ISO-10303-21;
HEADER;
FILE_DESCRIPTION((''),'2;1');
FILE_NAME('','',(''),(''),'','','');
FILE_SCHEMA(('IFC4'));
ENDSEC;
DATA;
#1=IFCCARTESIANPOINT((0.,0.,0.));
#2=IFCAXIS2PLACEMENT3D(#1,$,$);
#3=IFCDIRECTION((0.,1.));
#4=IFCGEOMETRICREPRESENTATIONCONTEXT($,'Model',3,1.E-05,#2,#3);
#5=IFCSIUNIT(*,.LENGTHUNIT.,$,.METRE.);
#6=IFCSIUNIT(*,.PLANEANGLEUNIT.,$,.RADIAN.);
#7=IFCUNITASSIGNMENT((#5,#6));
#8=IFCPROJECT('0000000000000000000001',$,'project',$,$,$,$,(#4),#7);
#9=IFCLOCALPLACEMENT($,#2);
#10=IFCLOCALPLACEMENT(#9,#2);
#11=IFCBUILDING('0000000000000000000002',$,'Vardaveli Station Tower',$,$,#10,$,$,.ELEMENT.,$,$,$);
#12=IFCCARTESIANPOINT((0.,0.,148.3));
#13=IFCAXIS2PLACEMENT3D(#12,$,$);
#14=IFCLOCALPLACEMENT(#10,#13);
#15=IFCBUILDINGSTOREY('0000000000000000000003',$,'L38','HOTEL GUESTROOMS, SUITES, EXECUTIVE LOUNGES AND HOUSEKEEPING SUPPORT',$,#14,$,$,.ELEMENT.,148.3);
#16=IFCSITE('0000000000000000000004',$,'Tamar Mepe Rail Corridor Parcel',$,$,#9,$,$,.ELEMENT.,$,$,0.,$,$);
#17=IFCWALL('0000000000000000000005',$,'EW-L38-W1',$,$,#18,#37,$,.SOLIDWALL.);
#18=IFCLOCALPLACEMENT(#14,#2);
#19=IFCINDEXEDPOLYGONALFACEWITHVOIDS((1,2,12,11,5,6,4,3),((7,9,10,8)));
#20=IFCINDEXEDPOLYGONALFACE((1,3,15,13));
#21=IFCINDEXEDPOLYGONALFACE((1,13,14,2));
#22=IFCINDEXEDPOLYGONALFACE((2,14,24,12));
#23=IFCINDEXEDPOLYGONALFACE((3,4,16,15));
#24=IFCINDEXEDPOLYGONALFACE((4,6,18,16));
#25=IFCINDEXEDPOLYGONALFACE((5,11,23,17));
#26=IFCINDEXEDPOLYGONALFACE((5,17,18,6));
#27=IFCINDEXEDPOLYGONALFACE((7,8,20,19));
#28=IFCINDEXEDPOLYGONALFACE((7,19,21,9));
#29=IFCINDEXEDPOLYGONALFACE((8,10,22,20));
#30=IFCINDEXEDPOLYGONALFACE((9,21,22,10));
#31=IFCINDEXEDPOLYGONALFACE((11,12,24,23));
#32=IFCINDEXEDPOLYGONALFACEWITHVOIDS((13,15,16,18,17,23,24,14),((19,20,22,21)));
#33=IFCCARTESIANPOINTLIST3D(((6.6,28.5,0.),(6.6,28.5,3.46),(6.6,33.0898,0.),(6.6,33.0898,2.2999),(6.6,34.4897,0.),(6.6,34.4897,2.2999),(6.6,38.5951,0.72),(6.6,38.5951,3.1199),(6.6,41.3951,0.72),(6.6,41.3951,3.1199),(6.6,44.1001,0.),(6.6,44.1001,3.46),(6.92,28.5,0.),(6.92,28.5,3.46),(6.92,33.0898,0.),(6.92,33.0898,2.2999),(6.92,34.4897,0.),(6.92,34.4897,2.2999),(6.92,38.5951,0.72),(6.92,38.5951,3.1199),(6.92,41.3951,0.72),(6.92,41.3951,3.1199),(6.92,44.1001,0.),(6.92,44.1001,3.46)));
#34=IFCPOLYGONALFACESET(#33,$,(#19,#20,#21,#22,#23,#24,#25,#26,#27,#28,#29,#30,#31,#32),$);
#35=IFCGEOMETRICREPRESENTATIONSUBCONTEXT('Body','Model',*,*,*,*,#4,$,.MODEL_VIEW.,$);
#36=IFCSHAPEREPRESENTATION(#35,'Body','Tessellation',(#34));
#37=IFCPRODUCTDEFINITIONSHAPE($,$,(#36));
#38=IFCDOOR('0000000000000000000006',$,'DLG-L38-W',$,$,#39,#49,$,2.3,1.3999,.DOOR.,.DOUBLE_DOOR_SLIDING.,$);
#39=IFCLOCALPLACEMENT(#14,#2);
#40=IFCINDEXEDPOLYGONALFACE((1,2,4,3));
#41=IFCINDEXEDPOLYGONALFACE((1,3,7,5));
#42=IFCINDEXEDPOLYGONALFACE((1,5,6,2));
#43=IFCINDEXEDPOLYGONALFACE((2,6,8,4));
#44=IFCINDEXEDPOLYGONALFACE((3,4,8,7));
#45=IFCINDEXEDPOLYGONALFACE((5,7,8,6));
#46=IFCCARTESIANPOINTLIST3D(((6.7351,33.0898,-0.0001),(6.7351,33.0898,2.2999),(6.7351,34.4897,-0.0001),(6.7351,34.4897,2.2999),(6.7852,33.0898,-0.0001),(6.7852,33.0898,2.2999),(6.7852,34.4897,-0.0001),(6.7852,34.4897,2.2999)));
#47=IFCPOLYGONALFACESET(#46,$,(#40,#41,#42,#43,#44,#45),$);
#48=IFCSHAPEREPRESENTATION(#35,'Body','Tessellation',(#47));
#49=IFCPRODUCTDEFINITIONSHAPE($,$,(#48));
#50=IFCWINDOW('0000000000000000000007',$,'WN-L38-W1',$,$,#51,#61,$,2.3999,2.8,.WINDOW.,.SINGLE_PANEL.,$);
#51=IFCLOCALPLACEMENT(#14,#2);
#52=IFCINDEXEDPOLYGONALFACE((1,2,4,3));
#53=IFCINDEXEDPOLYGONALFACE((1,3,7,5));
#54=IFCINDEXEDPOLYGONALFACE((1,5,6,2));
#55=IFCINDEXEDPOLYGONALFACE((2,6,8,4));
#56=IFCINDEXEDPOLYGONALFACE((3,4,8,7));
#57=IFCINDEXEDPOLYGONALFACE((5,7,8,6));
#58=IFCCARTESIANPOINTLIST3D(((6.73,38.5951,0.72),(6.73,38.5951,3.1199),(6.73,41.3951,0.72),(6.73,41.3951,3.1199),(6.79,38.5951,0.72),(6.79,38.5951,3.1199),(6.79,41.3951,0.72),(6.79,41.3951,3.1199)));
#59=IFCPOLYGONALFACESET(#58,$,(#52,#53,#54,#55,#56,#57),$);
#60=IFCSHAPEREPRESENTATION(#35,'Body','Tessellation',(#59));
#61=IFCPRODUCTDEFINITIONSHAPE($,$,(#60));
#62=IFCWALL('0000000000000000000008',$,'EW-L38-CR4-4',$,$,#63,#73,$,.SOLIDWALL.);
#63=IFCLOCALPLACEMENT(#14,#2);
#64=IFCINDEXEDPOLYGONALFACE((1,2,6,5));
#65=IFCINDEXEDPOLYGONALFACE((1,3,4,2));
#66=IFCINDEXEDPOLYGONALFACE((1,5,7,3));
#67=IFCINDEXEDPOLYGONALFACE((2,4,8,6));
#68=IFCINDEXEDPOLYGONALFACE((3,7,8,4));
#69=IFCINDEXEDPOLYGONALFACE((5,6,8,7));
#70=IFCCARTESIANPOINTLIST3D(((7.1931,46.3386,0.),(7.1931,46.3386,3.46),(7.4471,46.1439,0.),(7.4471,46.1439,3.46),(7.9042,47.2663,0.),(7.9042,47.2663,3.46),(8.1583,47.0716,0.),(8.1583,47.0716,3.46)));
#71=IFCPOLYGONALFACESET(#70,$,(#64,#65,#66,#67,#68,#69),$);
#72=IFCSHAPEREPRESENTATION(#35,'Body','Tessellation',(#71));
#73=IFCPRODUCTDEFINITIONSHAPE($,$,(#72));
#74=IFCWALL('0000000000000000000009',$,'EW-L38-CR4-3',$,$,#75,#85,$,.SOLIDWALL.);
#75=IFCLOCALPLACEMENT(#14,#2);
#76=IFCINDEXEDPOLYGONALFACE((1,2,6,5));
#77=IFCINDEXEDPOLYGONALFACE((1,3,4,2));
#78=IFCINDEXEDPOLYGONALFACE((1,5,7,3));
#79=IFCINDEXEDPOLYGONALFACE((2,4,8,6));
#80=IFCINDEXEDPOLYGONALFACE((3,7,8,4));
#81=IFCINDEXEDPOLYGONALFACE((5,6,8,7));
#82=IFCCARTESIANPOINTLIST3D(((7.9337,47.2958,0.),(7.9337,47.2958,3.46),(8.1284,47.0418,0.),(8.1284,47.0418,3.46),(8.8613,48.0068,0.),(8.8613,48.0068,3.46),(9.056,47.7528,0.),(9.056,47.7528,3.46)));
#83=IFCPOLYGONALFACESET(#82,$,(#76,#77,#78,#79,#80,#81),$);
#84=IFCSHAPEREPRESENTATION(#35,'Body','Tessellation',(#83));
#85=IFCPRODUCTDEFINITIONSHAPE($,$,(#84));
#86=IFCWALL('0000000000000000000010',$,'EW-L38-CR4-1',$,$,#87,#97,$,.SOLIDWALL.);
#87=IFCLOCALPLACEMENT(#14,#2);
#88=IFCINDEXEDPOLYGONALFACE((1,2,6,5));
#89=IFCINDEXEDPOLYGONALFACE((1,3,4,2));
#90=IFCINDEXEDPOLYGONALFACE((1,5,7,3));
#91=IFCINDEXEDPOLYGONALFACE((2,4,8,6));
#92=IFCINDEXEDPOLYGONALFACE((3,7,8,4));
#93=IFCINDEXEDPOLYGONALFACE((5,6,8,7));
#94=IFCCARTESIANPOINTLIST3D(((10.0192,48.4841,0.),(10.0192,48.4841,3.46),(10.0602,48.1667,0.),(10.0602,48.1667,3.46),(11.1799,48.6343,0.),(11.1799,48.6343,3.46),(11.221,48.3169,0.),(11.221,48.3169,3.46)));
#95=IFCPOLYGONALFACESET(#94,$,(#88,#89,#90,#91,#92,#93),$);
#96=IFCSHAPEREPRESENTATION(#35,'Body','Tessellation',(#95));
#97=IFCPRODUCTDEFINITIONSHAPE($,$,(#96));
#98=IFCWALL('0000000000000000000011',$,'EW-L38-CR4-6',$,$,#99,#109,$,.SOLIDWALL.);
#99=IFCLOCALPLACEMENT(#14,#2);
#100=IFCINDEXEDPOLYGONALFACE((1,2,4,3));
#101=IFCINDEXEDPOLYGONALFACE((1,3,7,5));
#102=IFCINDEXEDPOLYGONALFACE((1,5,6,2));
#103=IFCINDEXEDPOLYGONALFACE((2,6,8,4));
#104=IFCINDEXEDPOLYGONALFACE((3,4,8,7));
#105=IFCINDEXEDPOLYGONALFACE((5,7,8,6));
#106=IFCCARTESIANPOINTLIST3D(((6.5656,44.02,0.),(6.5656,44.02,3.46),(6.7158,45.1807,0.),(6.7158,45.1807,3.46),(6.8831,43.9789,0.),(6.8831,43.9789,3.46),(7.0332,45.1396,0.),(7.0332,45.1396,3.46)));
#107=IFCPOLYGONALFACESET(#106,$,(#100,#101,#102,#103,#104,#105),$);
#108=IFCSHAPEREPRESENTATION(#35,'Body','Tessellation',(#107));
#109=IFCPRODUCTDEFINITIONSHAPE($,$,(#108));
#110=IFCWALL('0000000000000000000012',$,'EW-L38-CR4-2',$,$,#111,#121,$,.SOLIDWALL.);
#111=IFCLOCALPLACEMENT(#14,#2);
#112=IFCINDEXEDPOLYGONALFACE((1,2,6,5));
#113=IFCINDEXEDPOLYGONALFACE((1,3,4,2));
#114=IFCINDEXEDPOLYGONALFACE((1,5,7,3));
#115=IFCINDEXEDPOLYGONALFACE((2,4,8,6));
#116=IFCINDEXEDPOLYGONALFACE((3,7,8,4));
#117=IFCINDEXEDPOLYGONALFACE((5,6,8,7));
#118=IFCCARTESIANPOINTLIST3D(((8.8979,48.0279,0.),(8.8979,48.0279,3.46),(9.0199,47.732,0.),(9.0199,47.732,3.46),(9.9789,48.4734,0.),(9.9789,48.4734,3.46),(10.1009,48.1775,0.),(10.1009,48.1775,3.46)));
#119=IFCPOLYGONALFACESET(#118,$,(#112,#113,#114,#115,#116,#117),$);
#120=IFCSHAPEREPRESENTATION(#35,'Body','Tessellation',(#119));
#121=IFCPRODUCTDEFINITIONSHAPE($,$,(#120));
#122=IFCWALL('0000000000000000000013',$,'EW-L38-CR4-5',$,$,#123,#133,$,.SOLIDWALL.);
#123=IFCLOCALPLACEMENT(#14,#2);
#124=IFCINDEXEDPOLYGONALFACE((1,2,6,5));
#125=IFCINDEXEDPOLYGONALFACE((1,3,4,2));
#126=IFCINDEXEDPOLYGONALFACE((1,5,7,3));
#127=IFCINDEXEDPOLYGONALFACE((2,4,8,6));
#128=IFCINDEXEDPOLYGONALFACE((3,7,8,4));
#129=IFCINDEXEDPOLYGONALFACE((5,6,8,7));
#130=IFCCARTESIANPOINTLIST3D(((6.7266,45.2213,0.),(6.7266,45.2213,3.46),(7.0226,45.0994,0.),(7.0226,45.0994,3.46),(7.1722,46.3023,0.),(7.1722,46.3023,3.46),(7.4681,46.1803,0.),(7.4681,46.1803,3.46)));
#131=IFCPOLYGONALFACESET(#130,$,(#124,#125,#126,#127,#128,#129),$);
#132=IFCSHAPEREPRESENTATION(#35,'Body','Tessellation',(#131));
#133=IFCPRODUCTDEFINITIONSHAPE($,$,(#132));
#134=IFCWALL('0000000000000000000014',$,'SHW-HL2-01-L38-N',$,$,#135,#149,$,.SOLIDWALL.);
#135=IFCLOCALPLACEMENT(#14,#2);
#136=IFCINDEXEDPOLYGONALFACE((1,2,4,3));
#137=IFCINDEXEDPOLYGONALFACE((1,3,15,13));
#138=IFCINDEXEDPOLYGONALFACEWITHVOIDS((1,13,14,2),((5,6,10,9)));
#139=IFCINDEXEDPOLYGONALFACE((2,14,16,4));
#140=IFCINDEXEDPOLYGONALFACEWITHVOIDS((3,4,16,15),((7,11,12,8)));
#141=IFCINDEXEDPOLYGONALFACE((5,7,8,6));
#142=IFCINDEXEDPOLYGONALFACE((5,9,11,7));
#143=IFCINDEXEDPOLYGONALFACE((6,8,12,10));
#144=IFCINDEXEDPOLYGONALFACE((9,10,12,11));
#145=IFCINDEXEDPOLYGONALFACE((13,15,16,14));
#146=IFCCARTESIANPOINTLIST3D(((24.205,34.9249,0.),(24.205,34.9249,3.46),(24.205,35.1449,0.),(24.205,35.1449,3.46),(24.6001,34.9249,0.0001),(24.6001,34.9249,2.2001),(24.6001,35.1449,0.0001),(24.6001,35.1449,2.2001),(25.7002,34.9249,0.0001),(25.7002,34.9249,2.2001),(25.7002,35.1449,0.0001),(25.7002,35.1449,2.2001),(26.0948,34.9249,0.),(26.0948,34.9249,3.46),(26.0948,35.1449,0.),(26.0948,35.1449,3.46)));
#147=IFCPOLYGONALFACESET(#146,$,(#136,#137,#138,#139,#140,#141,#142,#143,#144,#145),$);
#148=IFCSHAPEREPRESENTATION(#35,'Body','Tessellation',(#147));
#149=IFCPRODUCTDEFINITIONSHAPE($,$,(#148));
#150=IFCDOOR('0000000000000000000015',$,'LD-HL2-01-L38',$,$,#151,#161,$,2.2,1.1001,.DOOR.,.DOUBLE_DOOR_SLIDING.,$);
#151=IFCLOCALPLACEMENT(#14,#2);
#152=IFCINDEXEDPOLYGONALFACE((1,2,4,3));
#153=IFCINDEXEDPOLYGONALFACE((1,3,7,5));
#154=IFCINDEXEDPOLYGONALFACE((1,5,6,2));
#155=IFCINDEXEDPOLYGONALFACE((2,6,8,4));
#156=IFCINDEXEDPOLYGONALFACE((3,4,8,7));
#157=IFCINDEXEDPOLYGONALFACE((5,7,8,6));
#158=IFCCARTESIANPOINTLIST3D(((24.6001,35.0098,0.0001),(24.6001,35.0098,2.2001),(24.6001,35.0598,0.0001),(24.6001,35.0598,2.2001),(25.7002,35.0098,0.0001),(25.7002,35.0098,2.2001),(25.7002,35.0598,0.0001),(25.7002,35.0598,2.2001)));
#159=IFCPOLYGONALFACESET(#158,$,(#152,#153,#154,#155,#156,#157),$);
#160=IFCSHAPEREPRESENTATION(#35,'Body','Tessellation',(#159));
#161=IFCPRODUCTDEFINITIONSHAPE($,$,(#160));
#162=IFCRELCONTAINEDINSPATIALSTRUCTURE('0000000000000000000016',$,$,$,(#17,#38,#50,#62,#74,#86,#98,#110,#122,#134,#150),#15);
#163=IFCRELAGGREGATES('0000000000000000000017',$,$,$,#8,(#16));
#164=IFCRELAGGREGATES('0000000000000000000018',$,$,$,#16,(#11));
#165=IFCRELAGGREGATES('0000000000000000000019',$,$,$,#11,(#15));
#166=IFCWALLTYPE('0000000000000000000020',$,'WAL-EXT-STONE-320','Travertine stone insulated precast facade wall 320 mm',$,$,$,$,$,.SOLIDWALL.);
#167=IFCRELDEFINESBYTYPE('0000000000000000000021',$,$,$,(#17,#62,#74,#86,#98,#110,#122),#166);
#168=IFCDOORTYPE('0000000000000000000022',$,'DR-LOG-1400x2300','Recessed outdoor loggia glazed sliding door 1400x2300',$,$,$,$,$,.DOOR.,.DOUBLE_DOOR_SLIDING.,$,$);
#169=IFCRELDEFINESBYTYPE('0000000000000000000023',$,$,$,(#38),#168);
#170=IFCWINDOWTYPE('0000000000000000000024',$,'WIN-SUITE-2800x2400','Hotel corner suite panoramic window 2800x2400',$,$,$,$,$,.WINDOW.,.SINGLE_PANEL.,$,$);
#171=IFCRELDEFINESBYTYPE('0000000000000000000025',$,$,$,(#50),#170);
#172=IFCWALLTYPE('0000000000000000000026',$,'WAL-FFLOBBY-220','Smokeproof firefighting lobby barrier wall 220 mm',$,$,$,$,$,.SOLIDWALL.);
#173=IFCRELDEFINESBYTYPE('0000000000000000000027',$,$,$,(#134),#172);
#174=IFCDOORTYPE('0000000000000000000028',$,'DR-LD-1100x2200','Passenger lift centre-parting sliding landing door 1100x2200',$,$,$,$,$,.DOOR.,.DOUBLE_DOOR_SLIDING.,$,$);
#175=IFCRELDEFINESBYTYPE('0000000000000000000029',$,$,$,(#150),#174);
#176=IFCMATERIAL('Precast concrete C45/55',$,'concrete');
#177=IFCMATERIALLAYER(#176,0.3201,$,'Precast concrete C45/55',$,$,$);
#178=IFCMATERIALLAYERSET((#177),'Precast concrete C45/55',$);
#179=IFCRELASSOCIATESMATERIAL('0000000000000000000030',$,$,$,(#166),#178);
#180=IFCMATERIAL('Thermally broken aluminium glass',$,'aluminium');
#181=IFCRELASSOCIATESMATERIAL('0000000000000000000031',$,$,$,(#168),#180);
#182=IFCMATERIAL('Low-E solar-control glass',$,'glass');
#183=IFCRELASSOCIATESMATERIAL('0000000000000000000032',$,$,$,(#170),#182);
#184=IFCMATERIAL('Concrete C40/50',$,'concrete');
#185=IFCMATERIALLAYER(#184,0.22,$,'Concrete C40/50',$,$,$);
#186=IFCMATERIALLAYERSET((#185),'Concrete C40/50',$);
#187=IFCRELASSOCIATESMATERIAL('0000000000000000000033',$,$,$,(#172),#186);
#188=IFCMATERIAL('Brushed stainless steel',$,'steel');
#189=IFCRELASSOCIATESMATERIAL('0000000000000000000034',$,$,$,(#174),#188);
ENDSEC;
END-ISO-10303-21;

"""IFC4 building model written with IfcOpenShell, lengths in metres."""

from ifc_helpers import new_model, si_unit, direction, frame, frame_2d, origin, place, context, subcontext, project, spatial, rectangle, extrude, source, transform, mapped, material, layer, layer_set, type_object, element, fill, save


model = new_model("IFC4")

# Units and contexts
model_context = context("Model", 3, precision=1e-05, world=origin(), true_north=direction((0.0, 1.0)))
body_context = subcontext(model_context, "Body", "Model", "MODEL_VIEW")
ifc_project = project(units=[si_unit("LENGTHUNIT", "METRE"), si_unit("PLANEANGLEUNIT", "RADIAN")], contexts=[model_context])

# Site, building, storey
site_placement = place(None, origin())
site = spatial("IfcSite", under=ifc_project, at=site_placement, Name="Tamar Mepe Rail Corridor Parcel", CompositionType="ELEMENT", RefElevation=0.0)
building_placement = place(site_placement, origin())
building = spatial("IfcBuilding", under=site, at=building_placement, Name="Vardaveli Station Tower", CompositionType="ELEMENT")
storey_placement = place(building_placement, frame((0.0, 0.0, 148.3)))
storey = spatial("IfcBuildingStorey", under=building, at=storey_placement, Name="L38", Description="HOTEL GUESTROOMS, SUITES, EXECUTIVE LOUNGES AND HOUSEKEEPING SUPPORT", CompositionType="ELEMENT", Elevation=148.3)

# Shared definitions
ifc_material_1 = material(Name="Precast concrete C45/55", Category="concrete")

# Wall, openings, door, window
ifc_layer_1 = layer(ifc_material_1, 0.3201, Name="Precast concrete C45/55")
ifc_layer_set_1 = layer_set([ifc_layer_1], Name="Precast concrete C45/55")
wall_type_1 = type_object("IfcWallType", Name="WAL-EXT-STONE-320", Description="Travertine stone insulated precast facade wall 320 mm", PredefinedType="SOLIDWALL", material=ifc_layer_set_1)
shared_shape_1 = source(origin(), body_context, "Body", "SweptSolid", [
    extrude(rectangle(XDim=15.6001, YDim=0.3201, at=frame_2d((7.8, 0.0))), origin(), (0.0, 0.0, 1.0), 3.46),
])
wall_1_placement = place(storey_placement, frame((6.76, 44.1001, 0.0), z_axis=(0.0, 0.0, 1.0), x_axis=(0.0, -1.0, 0.0)))
wall_1 = element("IfcWall", 1, at=wall_1_placement, inside=storey, type_object=wall_type_1, Name="EW-L38-W1", PredefinedType="SOLIDWALL", context=body_context, shape_type="MappedRepresentation", body=[
    mapped(shared_shape_1, transform((0.0, 0.0, 0.0), scale=1.0)),
])
shared_shape_2 = source(origin(), body_context, "Body", "SweptSolid", [
    extrude(rectangle(XDim=1.3999, YDim=2.3, at=frame_2d((0.7, 1.1499))), frame((0.0, 0.1699, 0.0), z_axis=(0.0, -1.0, 0.0), x_axis=(1.0, 0.0, 0.0)), (0.0, 0.0, 1.0), 0.3401),
])
opening_1_placement = place(wall_1_placement, frame((9.6104, 0.0, 0.0)))
opening_1 = element("IfcOpeningElement", 2, at=opening_1_placement, cuts=wall_1, PredefinedType="OPENING", context=body_context, shape_type="MappedRepresentation", body=[
    mapped(shared_shape_2, transform((0.0, 0.0, 0.0), scale=1.0)),
])
shared_shape_3 = source(origin(), body_context, "Body", "SweptSolid", [
    extrude(rectangle(XDim=2.8, YDim=2.3999, at=frame_2d((1.3999, 1.2))), frame((0.0, 0.1699, 0.0), z_axis=(0.0, -1.0, 0.0), x_axis=(1.0, 0.0, 0.0)), (0.0, 0.0, 1.0), 0.3401),
])
opening_2_placement = place(wall_1_placement, frame((2.7051, 0.0, 0.72)))
opening_2 = element("IfcOpeningElement", 3, at=opening_2_placement, cuts=wall_1, PredefinedType="OPENING", context=body_context, shape_type="MappedRepresentation", body=[
    mapped(shared_shape_3, transform((0.0, 0.0, 0.0), scale=1.0)),
])
ifc_material_2 = material(Name="Thermally broken aluminium glass", Category="aluminium")
door_type_1 = type_object("IfcDoorType", Name="DR-LOG-1400x2300", Description="Recessed outdoor loggia glazed sliding door 1400x2300", OperationType="DOUBLE_DOOR_SLIDING", PredefinedType="DOOR", material=ifc_material_2)
shared_shape_4 = source(origin(), body_context, "Body", "SweptSolid", [
    extrude(rectangle(XDim=1.3999, YDim=2.3, at=frame_2d((0.7, 1.1499))), frame((0.0, 0.0249, 0.0), z_axis=(0.0, -1.0, 0.0), x_axis=(1.0, 0.0, 0.0)), (0.0, 0.0, 1.0), 0.05),
])
door_1_placement = place(opening_1_placement, frame((1.3999, 0.0, 0.0), z_axis=(0.0, 0.0, 1.0), x_axis=(-1.0, 0.0, 0.0)))
door_1 = element("IfcDoor", 4, at=door_1_placement, inside=storey, type_object=door_type_1, Name="DLG-L38-W", OperationType="DOUBLE_DOOR_SLIDING", OverallHeight=2.3, OverallWidth=1.3999, PredefinedType="DOOR", context=body_context, shape_type="MappedRepresentation", body=[
    mapped(shared_shape_4, transform((0.0, 0.0, 0.0), scale=1.0)),
])
fill(opening_1, door_1)
ifc_material_3 = material(Name="Low-E solar-control glass", Category="glass")
window_type = type_object("IfcWindowType", Name="WIN-SUITE-2800x2400", Description="Hotel corner suite panoramic window 2800x2400", PartitioningType="SINGLE_PANEL", PredefinedType="WINDOW", material=ifc_material_3)
shared_shape_5 = source(origin(), body_context, "Body", "SweptSolid", [
    extrude(rectangle(XDim=2.8, YDim=2.3999, at=frame_2d((1.3999, 1.2))), frame((0.0, 0.03, 0.0), z_axis=(0.0, -1.0, 0.0), x_axis=(1.0, 0.0, 0.0)), (0.0, 0.0, 1.0), 0.0601),
])
window_placement = place(opening_2_placement, origin())
window = element("IfcWindow", 5, at=window_placement, inside=storey, type_object=window_type, Name="WN-L38-W1", OverallHeight=2.3999, OverallWidth=2.8, PartitioningType="SINGLE_PANEL", PredefinedType="WINDOW", context=body_context, shape_type="MappedRepresentation", body=[
    mapped(shared_shape_5, transform((0.0, 0.0, 0.0), scale=1.0)),
])
fill(opening_2, window)

# Walls
shared_shape_6 = source(origin(), body_context, "Body", "SweptSolid", [
    extrude(rectangle(XDim=1.1689, YDim=0.3201, at=frame_2d((0.5845, 0.0))), origin(), (0.0, 0.0, 1.0), 3.46),
])
wall_2_placement = place(storey_placement, frame((8.0312, 47.1689, 0.0), z_axis=(0.0, 0.0, 1.0), x_axis=(-0.608388, -0.79364, 0.0)))
element("IfcWall", 6, at=wall_2_placement, inside=storey, type_object=wall_type_1, Name="EW-L38-CR4-4", PredefinedType="SOLIDWALL", context=body_context, shape_type="MappedRepresentation", body=[
    mapped(shared_shape_6, transform((0.0, 0.0, 0.0), scale=1.0)),
])
shared_shape_7 = source(origin(), body_context, "Body", "SweptSolid", [
    extrude(rectangle(XDim=1.1687, YDim=0.3201, at=frame_2d((0.5845, 0.0))), origin(), (0.0, 0.0, 1.0), 3.46),
])
wall_3_placement = place(storey_placement, frame((8.9587, 47.8799, 0.0), z_axis=(0.0, 0.0, 1.0), x_axis=(-0.793664, -0.608357, 0.0)))
element("IfcWall", 7, at=wall_3_placement, inside=storey, type_object=wall_type_1, Name="EW-L38-CR4-3", PredefinedType="SOLIDWALL", context=body_context, shape_type="MappedRepresentation", body=[
    mapped(shared_shape_7, transform((0.0, 0.0, 0.0), scale=1.0)),
])
shared_shape_8 = source(origin(), body_context, "Body", "SweptSolid", [
    extrude(rectangle(XDim=1.1704, YDim=0.3201, at=frame_2d((0.5852, 0.0))), origin(), (0.0, 0.0, 1.0), 3.46),
])
for number, where, z_axis, x_axis, name in (
    (8, (11.2004, 48.4756, 0.0), (0.0, 0.0, 1.0), (-0.991736, -0.128296, 0.0), "EW-L38-CR4-1"),
    (9, (6.8745, 45.1602, 0.0), (0.0, 0.0, 1.0), (-0.128296, -0.991736, 0.0), "EW-L38-CR4-6"),
):
    element("IfcWall", number, at=place(storey_placement, frame(where, z_axis=z_axis, x_axis=x_axis)), inside=storey, type_object=wall_type_1, Name=name, PredefinedType="SOLIDWALL", context=body_context, shape_type="MappedRepresentation", body=[
        mapped(shared_shape_8, transform((0.0, 0.0, 0.0), scale=1.0)),
    ])
shared_shape_9 = source(origin(), body_context, "Body", "SweptSolid", [
    extrude(rectangle(XDim=1.1692, YDim=0.3201, at=frame_2d((0.5845, 0.0))), origin(), (0.0, 0.0, 1.0), 3.46),
])
for number, where, z_axis, x_axis, name in (
    (10, (10.0398, 48.3254, 0.0), (0.0, 0.0, 1.0), (-0.924553, -0.381054, 0.0), "EW-L38-CR4-2"),
    (11, (7.3201, 46.2412, 0.0), (0.0, 0.0, 1.0), (-0.381054, -0.924553, 0.0), "EW-L38-CR4-5"),
):
    element("IfcWall", number, at=place(storey_placement, frame(where, z_axis=z_axis, x_axis=x_axis)), inside=storey, type_object=wall_type_1, Name=name, PredefinedType="SOLIDWALL", context=body_context, shape_type="MappedRepresentation", body=[
        mapped(shared_shape_9, transform((0.0, 0.0, 0.0), scale=1.0)),
    ])

# Wall, opening, door
ifc_material_4 = material(Name="Concrete C40/50", Category="concrete")
ifc_layer_2 = layer(ifc_material_4, 0.22, Name="Concrete C40/50")
ifc_layer_set_2 = layer_set([ifc_layer_2], Name="Concrete C40/50")
wall_type_2 = type_object("IfcWallType", Name="WAL-FFLOBBY-220", Description="Smokeproof firefighting lobby barrier wall 220 mm", PredefinedType="SOLIDWALL", material=ifc_layer_set_2)
shared_shape_10 = source(origin(), body_context, "Body", "SweptSolid", [
    extrude(rectangle(XDim=1.8899, YDim=0.22, at=frame_2d((0.9448, 0.0))), origin(), (0.0, 0.0, 1.0), 3.46),
])
wall_4_placement = place(storey_placement, frame((24.2051, 35.0349, 0.0), z_axis=(0.0, 0.0, 1.0), x_axis=(1.0, 0.0, 0.0)))
wall_4 = element("IfcWall", 12, at=wall_4_placement, inside=storey, type_object=wall_type_2, Name="SHW-HL2-01-L38-N", PredefinedType="SOLIDWALL", context=body_context, shape_type="MappedRepresentation", body=[
    mapped(shared_shape_10, transform((0.0, 0.0, 0.0), scale=1.0)),
])
shared_shape_11 = source(origin(), body_context, "Body", "SweptSolid", [
    extrude(rectangle(XDim=1.1001, YDim=2.2, at=frame_2d((0.55, 1.1001))), frame((0.0, 0.1201, 0.0), z_axis=(0.0, -1.0, 0.0), x_axis=(1.0, 0.0, 0.0)), (0.0, 0.0, 1.0), 0.24),
])
opening_3_placement = place(wall_4_placement, frame((0.395, 0.0, 0.0)))
opening_3 = element("IfcOpeningElement", 13, at=opening_3_placement, cuts=wall_4, PredefinedType="OPENING", context=body_context, shape_type="MappedRepresentation", body=[
    mapped(shared_shape_11, transform((0.0, 0.0, 0.0), scale=1.0)),
])
ifc_material_5 = material(Name="Brushed stainless steel", Category="steel")
door_type_2 = type_object("IfcDoorType", Name="DR-LD-1100x2200", Description="Passenger lift centre-parting sliding landing door 1100x2200", OperationType="DOUBLE_DOOR_SLIDING", PredefinedType="DOOR", material=ifc_material_5)
shared_shape_12 = source(origin(), body_context, "Body", "SweptSolid", [
    extrude(rectangle(XDim=1.1001, YDim=2.2, at=frame_2d((0.55, 1.1001))), frame((0.0, 0.0249, 0.0), z_axis=(0.0, -1.0, 0.0), x_axis=(1.0, 0.0, 0.0)), (0.0, 0.0, 1.0), 0.05),
])
door_2_placement = place(opening_3_placement, origin())
door_2 = element("IfcDoor", 14, at=door_2_placement, inside=storey, type_object=door_type_2, Name="LD-HL2-01-L38", OperationType="DOUBLE_DOOR_SLIDING", OverallHeight=2.2, OverallWidth=1.1001, PredefinedType="DOOR", context=body_context, shape_type="MappedRepresentation", body=[
    mapped(shared_shape_12, transform((0.0, 0.0, 0.0), scale=1.0)),
])
fill(opening_3, door_2)

save(model, "model.ifc")
